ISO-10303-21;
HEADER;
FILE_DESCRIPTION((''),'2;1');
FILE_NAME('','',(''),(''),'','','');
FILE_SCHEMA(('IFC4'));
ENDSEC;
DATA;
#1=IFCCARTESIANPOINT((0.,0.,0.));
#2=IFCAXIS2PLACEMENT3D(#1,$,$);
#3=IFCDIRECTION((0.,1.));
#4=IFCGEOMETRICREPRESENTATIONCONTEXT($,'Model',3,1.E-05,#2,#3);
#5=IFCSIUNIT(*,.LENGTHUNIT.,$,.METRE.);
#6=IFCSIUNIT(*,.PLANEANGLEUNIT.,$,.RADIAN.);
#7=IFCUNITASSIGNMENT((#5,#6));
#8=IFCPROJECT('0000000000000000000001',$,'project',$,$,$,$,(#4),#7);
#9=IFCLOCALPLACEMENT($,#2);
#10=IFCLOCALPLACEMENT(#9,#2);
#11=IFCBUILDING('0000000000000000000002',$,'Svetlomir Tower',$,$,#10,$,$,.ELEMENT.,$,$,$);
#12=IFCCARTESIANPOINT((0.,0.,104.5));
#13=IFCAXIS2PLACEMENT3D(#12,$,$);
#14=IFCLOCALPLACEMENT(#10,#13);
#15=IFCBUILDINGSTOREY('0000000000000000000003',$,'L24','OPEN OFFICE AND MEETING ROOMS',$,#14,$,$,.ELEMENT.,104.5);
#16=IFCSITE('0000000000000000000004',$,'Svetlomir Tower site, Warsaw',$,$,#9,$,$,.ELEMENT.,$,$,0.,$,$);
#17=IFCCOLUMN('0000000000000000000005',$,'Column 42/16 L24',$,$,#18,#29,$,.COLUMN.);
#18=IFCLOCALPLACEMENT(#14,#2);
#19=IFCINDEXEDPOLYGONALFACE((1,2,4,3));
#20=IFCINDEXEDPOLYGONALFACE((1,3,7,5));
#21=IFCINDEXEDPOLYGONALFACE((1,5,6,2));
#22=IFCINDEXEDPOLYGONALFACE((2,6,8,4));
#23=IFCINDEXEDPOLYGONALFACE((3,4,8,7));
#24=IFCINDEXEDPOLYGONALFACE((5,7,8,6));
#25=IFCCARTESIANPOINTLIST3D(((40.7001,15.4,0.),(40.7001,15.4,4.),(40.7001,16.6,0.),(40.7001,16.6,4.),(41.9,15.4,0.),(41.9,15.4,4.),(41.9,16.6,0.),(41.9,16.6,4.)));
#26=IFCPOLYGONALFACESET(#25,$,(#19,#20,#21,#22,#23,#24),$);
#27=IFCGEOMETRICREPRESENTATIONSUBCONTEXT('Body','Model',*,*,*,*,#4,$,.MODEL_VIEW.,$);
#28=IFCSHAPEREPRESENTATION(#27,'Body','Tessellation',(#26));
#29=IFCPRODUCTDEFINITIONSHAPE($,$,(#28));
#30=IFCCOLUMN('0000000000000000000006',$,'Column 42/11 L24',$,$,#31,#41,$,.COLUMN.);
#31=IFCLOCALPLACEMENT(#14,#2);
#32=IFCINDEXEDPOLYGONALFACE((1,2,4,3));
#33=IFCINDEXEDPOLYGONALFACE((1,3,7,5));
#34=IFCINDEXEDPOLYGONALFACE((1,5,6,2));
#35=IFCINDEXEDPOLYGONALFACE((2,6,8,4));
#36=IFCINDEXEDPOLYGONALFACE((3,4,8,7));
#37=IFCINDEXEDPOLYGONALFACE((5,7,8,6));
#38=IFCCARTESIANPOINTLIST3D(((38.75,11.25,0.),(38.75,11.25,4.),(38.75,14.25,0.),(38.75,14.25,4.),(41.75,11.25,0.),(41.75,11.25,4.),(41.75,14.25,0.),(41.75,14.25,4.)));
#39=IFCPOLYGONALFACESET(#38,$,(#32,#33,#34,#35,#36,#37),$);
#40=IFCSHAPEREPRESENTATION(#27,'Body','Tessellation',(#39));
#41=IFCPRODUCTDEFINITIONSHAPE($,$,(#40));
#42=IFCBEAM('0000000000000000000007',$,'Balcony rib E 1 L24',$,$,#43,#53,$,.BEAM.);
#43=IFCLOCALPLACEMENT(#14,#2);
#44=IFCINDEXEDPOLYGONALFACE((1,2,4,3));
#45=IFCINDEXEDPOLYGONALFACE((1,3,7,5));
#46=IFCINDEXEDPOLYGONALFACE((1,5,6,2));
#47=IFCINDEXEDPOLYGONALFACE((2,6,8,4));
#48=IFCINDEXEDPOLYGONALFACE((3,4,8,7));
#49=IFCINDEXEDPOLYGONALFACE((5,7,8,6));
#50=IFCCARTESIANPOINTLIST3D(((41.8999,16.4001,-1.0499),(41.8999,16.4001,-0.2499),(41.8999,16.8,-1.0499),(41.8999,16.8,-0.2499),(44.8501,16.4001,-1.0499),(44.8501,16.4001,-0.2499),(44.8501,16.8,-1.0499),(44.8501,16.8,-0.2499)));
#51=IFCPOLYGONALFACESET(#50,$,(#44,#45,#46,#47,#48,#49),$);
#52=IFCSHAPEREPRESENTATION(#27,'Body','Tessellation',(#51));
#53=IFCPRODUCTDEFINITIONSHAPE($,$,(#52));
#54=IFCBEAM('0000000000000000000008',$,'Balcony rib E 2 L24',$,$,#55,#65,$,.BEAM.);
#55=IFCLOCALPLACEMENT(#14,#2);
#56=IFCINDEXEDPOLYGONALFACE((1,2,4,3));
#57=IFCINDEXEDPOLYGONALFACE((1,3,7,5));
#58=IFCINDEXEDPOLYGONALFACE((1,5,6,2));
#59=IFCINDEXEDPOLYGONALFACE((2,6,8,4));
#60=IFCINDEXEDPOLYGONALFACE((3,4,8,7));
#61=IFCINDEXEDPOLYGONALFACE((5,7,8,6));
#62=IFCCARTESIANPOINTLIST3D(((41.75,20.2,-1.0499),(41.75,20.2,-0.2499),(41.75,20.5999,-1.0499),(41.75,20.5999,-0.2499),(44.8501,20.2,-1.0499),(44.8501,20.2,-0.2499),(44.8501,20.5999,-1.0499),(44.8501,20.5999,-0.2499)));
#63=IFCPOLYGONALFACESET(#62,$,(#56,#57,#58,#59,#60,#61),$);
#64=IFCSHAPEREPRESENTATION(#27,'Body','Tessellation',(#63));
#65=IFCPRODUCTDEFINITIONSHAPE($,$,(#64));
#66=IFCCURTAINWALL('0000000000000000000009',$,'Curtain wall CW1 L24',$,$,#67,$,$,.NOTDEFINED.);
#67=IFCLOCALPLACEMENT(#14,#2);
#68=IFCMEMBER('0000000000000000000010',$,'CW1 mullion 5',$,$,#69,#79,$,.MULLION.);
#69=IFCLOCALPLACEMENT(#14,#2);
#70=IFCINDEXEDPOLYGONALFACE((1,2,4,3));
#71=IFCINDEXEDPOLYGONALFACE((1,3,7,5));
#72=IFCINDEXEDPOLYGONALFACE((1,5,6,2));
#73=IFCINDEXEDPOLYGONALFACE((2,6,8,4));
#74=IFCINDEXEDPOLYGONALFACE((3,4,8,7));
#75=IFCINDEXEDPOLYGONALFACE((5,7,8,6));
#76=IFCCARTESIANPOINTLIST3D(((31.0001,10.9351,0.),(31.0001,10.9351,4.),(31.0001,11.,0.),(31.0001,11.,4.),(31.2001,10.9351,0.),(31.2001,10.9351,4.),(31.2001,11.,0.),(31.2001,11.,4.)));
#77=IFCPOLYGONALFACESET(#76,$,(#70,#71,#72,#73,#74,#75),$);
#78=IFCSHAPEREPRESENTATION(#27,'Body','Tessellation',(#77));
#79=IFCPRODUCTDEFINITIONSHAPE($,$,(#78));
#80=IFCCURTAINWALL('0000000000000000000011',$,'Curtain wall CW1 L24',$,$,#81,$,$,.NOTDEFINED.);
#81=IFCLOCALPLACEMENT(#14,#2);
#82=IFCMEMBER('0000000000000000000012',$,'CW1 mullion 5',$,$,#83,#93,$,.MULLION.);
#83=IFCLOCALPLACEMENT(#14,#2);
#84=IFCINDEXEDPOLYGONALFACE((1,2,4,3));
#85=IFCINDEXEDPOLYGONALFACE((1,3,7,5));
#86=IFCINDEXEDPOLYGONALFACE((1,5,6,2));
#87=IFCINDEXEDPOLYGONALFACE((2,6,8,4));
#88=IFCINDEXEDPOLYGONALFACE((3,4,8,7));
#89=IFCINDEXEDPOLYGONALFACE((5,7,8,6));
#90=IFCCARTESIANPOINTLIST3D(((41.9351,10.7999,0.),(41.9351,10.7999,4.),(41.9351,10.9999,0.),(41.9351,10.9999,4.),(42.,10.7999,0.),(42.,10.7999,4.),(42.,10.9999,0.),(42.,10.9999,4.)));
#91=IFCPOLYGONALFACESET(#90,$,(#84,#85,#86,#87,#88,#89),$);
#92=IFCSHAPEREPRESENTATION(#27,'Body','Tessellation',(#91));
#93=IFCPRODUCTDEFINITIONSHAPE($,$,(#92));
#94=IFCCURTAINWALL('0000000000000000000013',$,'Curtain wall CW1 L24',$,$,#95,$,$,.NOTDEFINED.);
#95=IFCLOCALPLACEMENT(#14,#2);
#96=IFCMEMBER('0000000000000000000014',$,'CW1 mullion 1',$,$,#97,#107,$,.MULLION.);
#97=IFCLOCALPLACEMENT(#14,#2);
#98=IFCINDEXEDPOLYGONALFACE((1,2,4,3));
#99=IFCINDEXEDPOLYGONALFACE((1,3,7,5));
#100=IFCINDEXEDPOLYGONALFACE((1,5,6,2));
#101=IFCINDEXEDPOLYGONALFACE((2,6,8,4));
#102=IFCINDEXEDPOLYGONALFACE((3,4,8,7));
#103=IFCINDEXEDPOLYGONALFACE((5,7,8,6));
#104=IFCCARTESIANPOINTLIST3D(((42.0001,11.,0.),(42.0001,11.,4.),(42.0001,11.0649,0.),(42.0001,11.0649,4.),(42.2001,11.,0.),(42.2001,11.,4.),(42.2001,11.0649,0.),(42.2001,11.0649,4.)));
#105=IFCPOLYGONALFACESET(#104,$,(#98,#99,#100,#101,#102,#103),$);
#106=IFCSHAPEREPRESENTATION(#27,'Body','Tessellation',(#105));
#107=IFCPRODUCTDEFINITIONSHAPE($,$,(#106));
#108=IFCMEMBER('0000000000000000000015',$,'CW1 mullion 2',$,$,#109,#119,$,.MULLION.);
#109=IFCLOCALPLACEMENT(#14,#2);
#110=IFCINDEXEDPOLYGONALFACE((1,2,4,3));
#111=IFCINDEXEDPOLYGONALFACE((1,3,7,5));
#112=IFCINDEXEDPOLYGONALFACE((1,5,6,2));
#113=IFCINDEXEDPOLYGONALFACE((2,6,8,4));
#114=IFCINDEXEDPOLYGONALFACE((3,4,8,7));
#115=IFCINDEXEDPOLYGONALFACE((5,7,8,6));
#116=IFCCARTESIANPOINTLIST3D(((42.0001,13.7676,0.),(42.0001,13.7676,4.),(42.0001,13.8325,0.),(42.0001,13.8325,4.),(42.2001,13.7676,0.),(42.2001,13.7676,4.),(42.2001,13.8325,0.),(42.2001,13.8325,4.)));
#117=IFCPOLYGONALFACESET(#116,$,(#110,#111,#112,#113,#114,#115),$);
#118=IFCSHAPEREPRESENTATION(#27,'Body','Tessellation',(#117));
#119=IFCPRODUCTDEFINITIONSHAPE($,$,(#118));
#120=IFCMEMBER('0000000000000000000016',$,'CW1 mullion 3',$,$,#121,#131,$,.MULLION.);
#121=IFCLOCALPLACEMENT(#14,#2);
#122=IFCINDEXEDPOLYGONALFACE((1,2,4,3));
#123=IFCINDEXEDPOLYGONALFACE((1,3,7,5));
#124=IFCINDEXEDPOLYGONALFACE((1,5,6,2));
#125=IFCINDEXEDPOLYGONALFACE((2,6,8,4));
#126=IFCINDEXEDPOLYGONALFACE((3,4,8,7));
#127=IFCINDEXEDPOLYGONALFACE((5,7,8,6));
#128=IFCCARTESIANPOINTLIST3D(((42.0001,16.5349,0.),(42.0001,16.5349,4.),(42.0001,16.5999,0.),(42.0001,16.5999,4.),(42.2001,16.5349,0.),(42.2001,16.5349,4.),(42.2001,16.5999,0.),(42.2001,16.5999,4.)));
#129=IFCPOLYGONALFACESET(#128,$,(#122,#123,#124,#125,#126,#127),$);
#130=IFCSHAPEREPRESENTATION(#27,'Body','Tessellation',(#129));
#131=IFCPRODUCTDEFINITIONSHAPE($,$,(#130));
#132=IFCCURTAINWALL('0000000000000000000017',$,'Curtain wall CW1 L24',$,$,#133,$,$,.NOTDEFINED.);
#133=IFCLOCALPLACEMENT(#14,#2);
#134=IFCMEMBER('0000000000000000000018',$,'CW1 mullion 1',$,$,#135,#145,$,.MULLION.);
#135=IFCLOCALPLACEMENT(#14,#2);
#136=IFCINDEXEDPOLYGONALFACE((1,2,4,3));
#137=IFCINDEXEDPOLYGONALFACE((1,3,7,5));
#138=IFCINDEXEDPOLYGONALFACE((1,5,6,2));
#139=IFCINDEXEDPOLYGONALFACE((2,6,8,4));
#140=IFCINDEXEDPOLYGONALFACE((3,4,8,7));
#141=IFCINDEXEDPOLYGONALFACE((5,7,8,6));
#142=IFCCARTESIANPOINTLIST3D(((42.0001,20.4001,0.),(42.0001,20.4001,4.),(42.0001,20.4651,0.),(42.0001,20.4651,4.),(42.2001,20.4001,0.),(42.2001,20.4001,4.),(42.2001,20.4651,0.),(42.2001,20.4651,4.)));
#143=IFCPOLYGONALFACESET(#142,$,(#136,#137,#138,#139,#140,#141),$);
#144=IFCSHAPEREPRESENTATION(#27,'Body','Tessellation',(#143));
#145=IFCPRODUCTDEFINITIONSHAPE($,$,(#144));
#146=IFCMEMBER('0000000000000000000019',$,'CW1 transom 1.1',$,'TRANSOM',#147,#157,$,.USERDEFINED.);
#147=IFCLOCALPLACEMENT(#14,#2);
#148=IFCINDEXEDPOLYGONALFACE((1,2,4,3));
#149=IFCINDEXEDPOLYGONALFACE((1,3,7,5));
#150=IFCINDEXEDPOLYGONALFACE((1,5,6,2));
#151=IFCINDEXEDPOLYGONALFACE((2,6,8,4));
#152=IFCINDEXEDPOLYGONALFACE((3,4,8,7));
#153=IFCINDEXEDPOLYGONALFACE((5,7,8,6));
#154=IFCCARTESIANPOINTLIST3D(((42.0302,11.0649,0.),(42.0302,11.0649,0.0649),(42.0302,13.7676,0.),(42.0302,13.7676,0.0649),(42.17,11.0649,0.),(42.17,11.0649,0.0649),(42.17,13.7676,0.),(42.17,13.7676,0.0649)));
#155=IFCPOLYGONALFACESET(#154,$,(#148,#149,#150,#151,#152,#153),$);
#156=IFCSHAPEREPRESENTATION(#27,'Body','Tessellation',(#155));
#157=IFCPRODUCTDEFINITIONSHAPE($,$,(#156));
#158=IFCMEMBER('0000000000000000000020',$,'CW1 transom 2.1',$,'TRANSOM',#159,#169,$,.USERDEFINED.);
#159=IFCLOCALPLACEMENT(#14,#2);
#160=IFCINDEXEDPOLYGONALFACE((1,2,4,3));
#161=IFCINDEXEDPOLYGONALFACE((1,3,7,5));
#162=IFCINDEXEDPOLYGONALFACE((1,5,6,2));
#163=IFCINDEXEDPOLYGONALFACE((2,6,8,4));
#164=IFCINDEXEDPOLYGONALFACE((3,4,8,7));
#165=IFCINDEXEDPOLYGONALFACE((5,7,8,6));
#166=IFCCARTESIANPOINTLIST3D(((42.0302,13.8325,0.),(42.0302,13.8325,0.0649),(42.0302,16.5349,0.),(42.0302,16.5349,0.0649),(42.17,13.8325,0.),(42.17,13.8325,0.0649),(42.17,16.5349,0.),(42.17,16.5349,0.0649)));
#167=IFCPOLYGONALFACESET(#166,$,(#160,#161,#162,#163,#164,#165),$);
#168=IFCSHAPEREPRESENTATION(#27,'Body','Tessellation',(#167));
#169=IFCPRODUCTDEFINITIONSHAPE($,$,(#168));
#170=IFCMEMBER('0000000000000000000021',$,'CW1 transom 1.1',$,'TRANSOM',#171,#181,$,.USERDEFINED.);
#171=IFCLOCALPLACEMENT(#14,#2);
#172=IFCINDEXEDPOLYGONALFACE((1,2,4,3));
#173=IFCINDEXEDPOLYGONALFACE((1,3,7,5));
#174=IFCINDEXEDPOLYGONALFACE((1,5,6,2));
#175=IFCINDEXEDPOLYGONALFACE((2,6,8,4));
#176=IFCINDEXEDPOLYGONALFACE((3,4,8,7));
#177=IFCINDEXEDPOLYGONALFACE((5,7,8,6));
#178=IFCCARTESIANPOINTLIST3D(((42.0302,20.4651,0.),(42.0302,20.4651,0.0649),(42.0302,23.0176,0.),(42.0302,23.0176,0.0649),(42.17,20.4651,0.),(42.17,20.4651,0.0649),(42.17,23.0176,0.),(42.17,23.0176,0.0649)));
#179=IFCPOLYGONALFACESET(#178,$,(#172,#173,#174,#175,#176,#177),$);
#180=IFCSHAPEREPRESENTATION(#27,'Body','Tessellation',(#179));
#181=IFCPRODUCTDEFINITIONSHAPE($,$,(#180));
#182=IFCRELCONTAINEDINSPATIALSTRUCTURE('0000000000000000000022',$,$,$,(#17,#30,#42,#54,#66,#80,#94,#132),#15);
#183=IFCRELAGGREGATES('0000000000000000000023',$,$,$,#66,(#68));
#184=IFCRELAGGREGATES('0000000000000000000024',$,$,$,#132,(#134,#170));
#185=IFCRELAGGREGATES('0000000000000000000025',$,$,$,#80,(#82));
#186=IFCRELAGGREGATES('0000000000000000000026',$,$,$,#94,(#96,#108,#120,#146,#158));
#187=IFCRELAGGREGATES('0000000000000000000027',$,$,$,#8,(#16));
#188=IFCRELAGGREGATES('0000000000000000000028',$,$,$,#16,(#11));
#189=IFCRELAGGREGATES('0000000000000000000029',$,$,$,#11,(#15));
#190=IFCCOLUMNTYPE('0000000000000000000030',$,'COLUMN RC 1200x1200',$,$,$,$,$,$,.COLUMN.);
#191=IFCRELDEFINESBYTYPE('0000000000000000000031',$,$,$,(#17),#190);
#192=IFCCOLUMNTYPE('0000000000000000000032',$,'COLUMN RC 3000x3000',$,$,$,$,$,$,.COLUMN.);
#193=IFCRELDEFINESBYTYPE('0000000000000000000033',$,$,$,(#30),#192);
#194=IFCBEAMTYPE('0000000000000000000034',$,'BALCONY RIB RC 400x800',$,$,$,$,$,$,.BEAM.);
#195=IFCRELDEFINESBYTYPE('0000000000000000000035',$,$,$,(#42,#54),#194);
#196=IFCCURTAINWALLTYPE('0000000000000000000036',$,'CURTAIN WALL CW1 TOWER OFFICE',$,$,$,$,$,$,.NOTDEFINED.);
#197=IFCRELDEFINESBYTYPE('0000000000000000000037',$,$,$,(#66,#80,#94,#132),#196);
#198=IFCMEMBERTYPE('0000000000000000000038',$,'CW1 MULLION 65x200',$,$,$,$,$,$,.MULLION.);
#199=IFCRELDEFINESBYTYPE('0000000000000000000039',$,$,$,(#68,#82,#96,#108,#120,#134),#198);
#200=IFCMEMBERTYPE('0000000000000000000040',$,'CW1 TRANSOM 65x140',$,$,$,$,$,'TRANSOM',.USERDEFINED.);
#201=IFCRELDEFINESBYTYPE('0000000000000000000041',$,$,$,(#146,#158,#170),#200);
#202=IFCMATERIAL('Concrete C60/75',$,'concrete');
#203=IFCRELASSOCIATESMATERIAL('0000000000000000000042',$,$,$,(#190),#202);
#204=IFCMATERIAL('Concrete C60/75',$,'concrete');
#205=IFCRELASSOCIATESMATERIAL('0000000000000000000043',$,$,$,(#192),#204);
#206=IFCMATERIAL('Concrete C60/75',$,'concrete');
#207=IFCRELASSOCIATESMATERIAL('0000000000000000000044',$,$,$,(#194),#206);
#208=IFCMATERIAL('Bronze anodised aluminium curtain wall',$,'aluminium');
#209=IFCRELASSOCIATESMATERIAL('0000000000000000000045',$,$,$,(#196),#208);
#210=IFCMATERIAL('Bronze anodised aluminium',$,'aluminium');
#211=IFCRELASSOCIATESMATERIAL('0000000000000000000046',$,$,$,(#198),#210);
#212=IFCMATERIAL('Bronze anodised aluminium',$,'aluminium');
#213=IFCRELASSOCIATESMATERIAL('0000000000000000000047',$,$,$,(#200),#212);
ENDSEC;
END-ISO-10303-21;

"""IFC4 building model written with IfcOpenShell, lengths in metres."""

from ifc_helpers import new_model, si_unit, direction, frame, origin, origin_2d, place, context, subcontext, project, spatial, rectangle, extrude, material, material_profile, profile_set, type_object, element, aggregate, save


model = new_model("IFC4")

# Units and contexts
model_context = context("Model", 3, precision=1e-05, world=origin(), true_north=direction((0.0, 1.0)))
body_context = subcontext(model_context, "Body", "Model", "MODEL_VIEW")
ifc_project = project(units=[si_unit("LENGTHUNIT", "METRE"), si_unit("PLANEANGLEUNIT", "RADIAN")], contexts=[model_context])

# Site, building, storey
site_placement = place(None, origin())
site = spatial("IfcSite", under=ifc_project, at=site_placement, Name="Svetlomir Tower site, Warsaw", CompositionType="ELEMENT", RefElevation=0.0)
building_placement = place(site_placement, origin())
building = spatial("IfcBuilding", under=site, at=building_placement, Name="Svetlomir Tower", CompositionType="ELEMENT")
storey_placement = place(building_placement, frame((0.0, 0.0, 104.5)))
storey = spatial("IfcBuildingStorey", under=building, at=storey_placement, Name="L24", Description="OPEN OFFICE AND MEETING ROOMS", CompositionType="ELEMENT", Elevation=104.5)

# Columns
ifc_material_1 = material(Name="Concrete C60/75", Category="concrete")
ifc_material_profile_1 = material_profile(ifc_material_1, rectangle(XDim=1.2, YDim=1.2, at=origin_2d()), Name="RC 1200x1200")
ifc_profile_set_1 = profile_set([ifc_material_profile_1], Name="Concrete C60/75")
column_type_1 = type_object("IfcColumnType", Name="COLUMN RC 1200x1200", PredefinedType="COLUMN", material=ifc_profile_set_1)
column_1_placement = place(storey_placement, frame((41.3, 16.0, 0.0), z_axis=(0.0, 0.0, 1.0), x_axis=(1.0, 0.0, 0.0)))
element("IfcColumn", 1, at=column_1_placement, inside=storey, type_object=column_type_1, Name="Column 42/16 L24", PredefinedType="COLUMN", context=body_context, shape_type="SweptSolid", body=[
    extrude(rectangle(XDim=1.2, YDim=1.2, at=origin_2d()), origin(), (0.0, 0.0, 1.0), 4.0),
])
ifc_material_2 = material(Name="Concrete C60/75", Category="concrete")
ifc_material_profile_2 = material_profile(ifc_material_2, rectangle(XDim=3.0, YDim=3.0, at=origin_2d()), Name="RC 3000x3000")
ifc_profile_set_2 = profile_set([ifc_material_profile_2], Name="Concrete C60/75")
column_type_2 = type_object("IfcColumnType", Name="COLUMN RC 3000x3000", PredefinedType="COLUMN", material=ifc_profile_set_2)
column_2_placement = place(storey_placement, frame((40.25, 12.75, 0.0), z_axis=(0.0, 0.0, 1.0), x_axis=(1.0, 0.0, 0.0)))
element("IfcColumn", 2, at=column_2_placement, inside=storey, type_object=column_type_2, Name="Column 42/11 L24", PredefinedType="COLUMN", context=body_context, shape_type="SweptSolid", body=[
    extrude(rectangle(XDim=3.0, YDim=3.0, at=origin_2d()), origin(), (0.0, 0.0, 1.0), 4.0),
])

# Beams
ifc_material_3 = material(Name="Concrete C60/75", Category="concrete")
ifc_material_profile_3 = material_profile(ifc_material_3, rectangle(XDim=0.3999, YDim=0.8, at=origin_2d()), Name="RC 400x800")
ifc_profile_set_3 = profile_set([ifc_material_profile_3], Name="Concrete C60/75")
beam_type_1 = type_object("IfcBeamType", Name="BALCONY RIB RC 400x800", PredefinedType="BEAM", material=ifc_profile_set_3)
beam_1_placement = place(storey_placement, frame((41.8999, 16.6001, -0.6499), z_axis=(1.0, 0.0, 0.0), x_axis=(0.0, 1.0, 0.0)))
element("IfcBeam", 3, at=beam_1_placement, inside=storey, type_object=beam_type_1, Name="Balcony rib E 1 L24", PredefinedType="BEAM", context=body_context, shape_type="SweptSolid", body=[
    extrude(rectangle(XDim=0.3999, YDim=0.8, at=origin_2d()), origin(), (0.0, 0.0, 1.0), 2.9502),
])
beam_2_placement = place(storey_placement, frame((41.75, 20.3999, -0.6499), z_axis=(1.0, 0.0, 0.0), x_axis=(0.0, 1.0, 0.0)))
element("IfcBeam", 4, at=beam_2_placement, inside=storey, type_object=beam_type_1, Name="Balcony rib E 2 L24", PredefinedType="BEAM", context=body_context, shape_type="SweptSolid", body=[
    extrude(rectangle(XDim=0.3999, YDim=0.8, at=origin_2d()), origin(), (0.0, 0.0, 1.0), 3.1001),
])

# Curtain walls, members
ifc_material_4 = material(Name="Bronze anodised aluminium curtain wall", Category="aluminium")
curtain_wall_type = type_object("IfcCurtainWallType", Name="CURTAIN WALL CW1 TOWER OFFICE", PredefinedType="NOTDEFINED", material=ifc_material_4)
curtain_wall_1_placement = place(storey_placement, origin())
curtain_wall_1 = element("IfcCurtainWall", 5, at=curtain_wall_1_placement, inside=storey, type_object=curtain_wall_type, Name="Curtain wall CW1 L24", PredefinedType="NOTDEFINED")
ifc_material_5 = material(Name="Bronze anodised aluminium", Category="aluminium")
ifc_material_profile_4 = material_profile(ifc_material_5, rectangle(XDim=0.0649, YDim=0.2, at=origin_2d()), Name="AL 65x200")
ifc_profile_set_4 = profile_set([ifc_material_profile_4], Name="Bronze anodised aluminium 6063-T6")
member_type_1 = type_object("IfcMemberType", Name="CW1 MULLION 65x200", PredefinedType="MULLION", material=ifc_profile_set_4)
member_1_placement = place(storey_placement, frame((31.1001, 10.9675, 0.0), z_axis=(0.0, 0.0, 1.0), x_axis=(0.0, 1.0, 0.0)))
member_1 = element("IfcMember", 6, at=member_1_placement, type_object=member_type_1, Name="CW1 mullion 5", PredefinedType="MULLION", context=body_context, shape_type="SweptSolid", body=[
    extrude(rectangle(XDim=0.0649, YDim=0.2, at=origin_2d()), origin(), (0.0, 0.0, 1.0), 4.0),
])
aggregate(curtain_wall_1, [member_1])
curtain_wall_2_placement = place(storey_placement, origin())
curtain_wall_2 = element("IfcCurtainWall", 7, at=curtain_wall_2_placement, inside=storey, type_object=curtain_wall_type, Name="Curtain wall CW1 L24", PredefinedType="NOTDEFINED")
member_2_placement = place(storey_placement, frame((41.9675, 10.8999, 0.0), z_axis=(0.0, 0.0, 1.0), x_axis=(1.0, 0.0, 0.0)))
member_2 = element("IfcMember", 8, at=member_2_placement, type_object=member_type_1, Name="CW1 mullion 5", PredefinedType="MULLION", context=body_context, shape_type="SweptSolid", body=[
    extrude(rectangle(XDim=0.0649, YDim=0.2, at=origin_2d()), origin(), (0.0, 0.0, 1.0), 4.0),
])

# Curtain wall, members
curtain_wall_3_placement = place(storey_placement, origin())
curtain_wall_3 = element("IfcCurtainWall", 9, at=curtain_wall_3_placement, inside=storey, type_object=curtain_wall_type, Name="Curtain wall CW1 L24", PredefinedType="NOTDEFINED")
member_3_placement = place(storey_placement, frame((42.1001, 11.0325, 0.0), z_axis=(0.0, 0.0, 1.0), x_axis=(0.0, 1.0, 0.0)))
member_3 = element("IfcMember", 10, at=member_3_placement, type_object=member_type_1, Name="CW1 mullion 1", PredefinedType="MULLION", context=body_context, shape_type="SweptSolid", body=[
    extrude(rectangle(XDim=0.0649, YDim=0.2, at=origin_2d()), origin(), (0.0, 0.0, 1.0), 4.0),
])
member_4_placement = place(storey_placement, frame((42.1001, 13.8, 0.0), z_axis=(0.0, 0.0, 1.0), x_axis=(0.0, 1.0, 0.0)))
member_4 = element("IfcMember", 11, at=member_4_placement, type_object=member_type_1, Name="CW1 mullion 2", PredefinedType="MULLION", context=body_context, shape_type="SweptSolid", body=[
    extrude(rectangle(XDim=0.0649, YDim=0.2, at=origin_2d()), origin(), (0.0, 0.0, 1.0), 4.0),
])
member_5_placement = place(storey_placement, frame((42.1001, 16.5674, 0.0), z_axis=(0.0, 0.0, 1.0), x_axis=(0.0, 1.0, 0.0)))
member_5 = element("IfcMember", 12, at=member_5_placement, type_object=member_type_1, Name="CW1 mullion 3", PredefinedType="MULLION", context=body_context, shape_type="SweptSolid", body=[
    extrude(rectangle(XDim=0.0649, YDim=0.2, at=origin_2d()), origin(), (0.0, 0.0, 1.0), 4.0),
])

# Curtain wall, member
curtain_wall_4_placement = place(storey_placement, origin())
curtain_wall_4 = element("IfcCurtainWall", 13, at=curtain_wall_4_placement, inside=storey, type_object=curtain_wall_type, Name="Curtain wall CW1 L24", PredefinedType="NOTDEFINED")
member_6_placement = place(storey_placement, frame((42.1001, 20.4326, 0.0), z_axis=(0.0, 0.0, 1.0), x_axis=(0.0, 1.0, 0.0)))
member_6 = element("IfcMember", 14, at=member_6_placement, type_object=member_type_1, Name="CW1 mullion 1", PredefinedType="MULLION", context=body_context, shape_type="SweptSolid", body=[
    extrude(rectangle(XDim=0.0649, YDim=0.2, at=origin_2d()), origin(), (0.0, 0.0, 1.0), 4.0),
])

# Members
ifc_material_6 = material(Name="Bronze anodised aluminium", Category="aluminium")
ifc_material_profile_5 = material_profile(ifc_material_6, rectangle(XDim=0.1399, YDim=0.0649, at=origin_2d()), Name="AL 140x65")
ifc_profile_set_5 = profile_set([ifc_material_profile_5], Name="Bronze anodised aluminium 6063-T6")
member_type_2 = type_object("IfcMemberType", Name="CW1 TRANSOM 65x140", ElementType="TRANSOM", PredefinedType="USERDEFINED", material=ifc_profile_set_5)
member_7_placement = place(storey_placement, frame((42.1001, 11.0649, 0.0325), z_axis=(0.0, 1.0, 0.0), x_axis=(-1.0, 0.0, 0.0)))
member_7 = element("IfcMember", 15, at=member_7_placement, type_object=member_type_2, Name="CW1 transom 1.1", ObjectType="TRANSOM", PredefinedType="USERDEFINED", context=body_context, shape_type="SweptSolid", body=[
    extrude(rectangle(XDim=0.1399, YDim=0.0649, at=origin_2d()), origin(), (0.0, 0.0, 1.0), 2.7026),
])
member_8_placement = place(storey_placement, frame((42.1001, 13.8325, 0.0325), z_axis=(0.0, 1.0, 0.0), x_axis=(-1.0, 0.0, 0.0)))
member_8 = element("IfcMember", 16, at=member_8_placement, type_object=member_type_2, Name="CW1 transom 2.1", ObjectType="TRANSOM", PredefinedType="USERDEFINED", context=body_context, shape_type="SweptSolid", body=[
    extrude(rectangle(XDim=0.1399, YDim=0.0649, at=origin_2d()), origin(), (0.0, 0.0, 1.0), 2.7024),
])
member_9_placement = place(storey_placement, frame((42.1001, 20.4651, 0.0325), z_axis=(0.0, 1.0, 0.0), x_axis=(-1.0, 0.0, 0.0)))
member_9 = element("IfcMember", 17, at=member_9_placement, type_object=member_type_2, Name="CW1 transom 1.1", ObjectType="TRANSOM", PredefinedType="USERDEFINED", context=body_context, shape_type="SweptSolid", body=[
    extrude(rectangle(XDim=0.1399, YDim=0.0649, at=origin_2d()), origin(), (0.0, 0.0, 1.0), 2.5525),
])
aggregate(curtain_wall_4, [member_6, member_9])

aggregate(curtain_wall_2, [member_2])
aggregate(curtain_wall_3, [member_3, member_4, member_5, member_7, member_8])

save(model, "model.ifc")
